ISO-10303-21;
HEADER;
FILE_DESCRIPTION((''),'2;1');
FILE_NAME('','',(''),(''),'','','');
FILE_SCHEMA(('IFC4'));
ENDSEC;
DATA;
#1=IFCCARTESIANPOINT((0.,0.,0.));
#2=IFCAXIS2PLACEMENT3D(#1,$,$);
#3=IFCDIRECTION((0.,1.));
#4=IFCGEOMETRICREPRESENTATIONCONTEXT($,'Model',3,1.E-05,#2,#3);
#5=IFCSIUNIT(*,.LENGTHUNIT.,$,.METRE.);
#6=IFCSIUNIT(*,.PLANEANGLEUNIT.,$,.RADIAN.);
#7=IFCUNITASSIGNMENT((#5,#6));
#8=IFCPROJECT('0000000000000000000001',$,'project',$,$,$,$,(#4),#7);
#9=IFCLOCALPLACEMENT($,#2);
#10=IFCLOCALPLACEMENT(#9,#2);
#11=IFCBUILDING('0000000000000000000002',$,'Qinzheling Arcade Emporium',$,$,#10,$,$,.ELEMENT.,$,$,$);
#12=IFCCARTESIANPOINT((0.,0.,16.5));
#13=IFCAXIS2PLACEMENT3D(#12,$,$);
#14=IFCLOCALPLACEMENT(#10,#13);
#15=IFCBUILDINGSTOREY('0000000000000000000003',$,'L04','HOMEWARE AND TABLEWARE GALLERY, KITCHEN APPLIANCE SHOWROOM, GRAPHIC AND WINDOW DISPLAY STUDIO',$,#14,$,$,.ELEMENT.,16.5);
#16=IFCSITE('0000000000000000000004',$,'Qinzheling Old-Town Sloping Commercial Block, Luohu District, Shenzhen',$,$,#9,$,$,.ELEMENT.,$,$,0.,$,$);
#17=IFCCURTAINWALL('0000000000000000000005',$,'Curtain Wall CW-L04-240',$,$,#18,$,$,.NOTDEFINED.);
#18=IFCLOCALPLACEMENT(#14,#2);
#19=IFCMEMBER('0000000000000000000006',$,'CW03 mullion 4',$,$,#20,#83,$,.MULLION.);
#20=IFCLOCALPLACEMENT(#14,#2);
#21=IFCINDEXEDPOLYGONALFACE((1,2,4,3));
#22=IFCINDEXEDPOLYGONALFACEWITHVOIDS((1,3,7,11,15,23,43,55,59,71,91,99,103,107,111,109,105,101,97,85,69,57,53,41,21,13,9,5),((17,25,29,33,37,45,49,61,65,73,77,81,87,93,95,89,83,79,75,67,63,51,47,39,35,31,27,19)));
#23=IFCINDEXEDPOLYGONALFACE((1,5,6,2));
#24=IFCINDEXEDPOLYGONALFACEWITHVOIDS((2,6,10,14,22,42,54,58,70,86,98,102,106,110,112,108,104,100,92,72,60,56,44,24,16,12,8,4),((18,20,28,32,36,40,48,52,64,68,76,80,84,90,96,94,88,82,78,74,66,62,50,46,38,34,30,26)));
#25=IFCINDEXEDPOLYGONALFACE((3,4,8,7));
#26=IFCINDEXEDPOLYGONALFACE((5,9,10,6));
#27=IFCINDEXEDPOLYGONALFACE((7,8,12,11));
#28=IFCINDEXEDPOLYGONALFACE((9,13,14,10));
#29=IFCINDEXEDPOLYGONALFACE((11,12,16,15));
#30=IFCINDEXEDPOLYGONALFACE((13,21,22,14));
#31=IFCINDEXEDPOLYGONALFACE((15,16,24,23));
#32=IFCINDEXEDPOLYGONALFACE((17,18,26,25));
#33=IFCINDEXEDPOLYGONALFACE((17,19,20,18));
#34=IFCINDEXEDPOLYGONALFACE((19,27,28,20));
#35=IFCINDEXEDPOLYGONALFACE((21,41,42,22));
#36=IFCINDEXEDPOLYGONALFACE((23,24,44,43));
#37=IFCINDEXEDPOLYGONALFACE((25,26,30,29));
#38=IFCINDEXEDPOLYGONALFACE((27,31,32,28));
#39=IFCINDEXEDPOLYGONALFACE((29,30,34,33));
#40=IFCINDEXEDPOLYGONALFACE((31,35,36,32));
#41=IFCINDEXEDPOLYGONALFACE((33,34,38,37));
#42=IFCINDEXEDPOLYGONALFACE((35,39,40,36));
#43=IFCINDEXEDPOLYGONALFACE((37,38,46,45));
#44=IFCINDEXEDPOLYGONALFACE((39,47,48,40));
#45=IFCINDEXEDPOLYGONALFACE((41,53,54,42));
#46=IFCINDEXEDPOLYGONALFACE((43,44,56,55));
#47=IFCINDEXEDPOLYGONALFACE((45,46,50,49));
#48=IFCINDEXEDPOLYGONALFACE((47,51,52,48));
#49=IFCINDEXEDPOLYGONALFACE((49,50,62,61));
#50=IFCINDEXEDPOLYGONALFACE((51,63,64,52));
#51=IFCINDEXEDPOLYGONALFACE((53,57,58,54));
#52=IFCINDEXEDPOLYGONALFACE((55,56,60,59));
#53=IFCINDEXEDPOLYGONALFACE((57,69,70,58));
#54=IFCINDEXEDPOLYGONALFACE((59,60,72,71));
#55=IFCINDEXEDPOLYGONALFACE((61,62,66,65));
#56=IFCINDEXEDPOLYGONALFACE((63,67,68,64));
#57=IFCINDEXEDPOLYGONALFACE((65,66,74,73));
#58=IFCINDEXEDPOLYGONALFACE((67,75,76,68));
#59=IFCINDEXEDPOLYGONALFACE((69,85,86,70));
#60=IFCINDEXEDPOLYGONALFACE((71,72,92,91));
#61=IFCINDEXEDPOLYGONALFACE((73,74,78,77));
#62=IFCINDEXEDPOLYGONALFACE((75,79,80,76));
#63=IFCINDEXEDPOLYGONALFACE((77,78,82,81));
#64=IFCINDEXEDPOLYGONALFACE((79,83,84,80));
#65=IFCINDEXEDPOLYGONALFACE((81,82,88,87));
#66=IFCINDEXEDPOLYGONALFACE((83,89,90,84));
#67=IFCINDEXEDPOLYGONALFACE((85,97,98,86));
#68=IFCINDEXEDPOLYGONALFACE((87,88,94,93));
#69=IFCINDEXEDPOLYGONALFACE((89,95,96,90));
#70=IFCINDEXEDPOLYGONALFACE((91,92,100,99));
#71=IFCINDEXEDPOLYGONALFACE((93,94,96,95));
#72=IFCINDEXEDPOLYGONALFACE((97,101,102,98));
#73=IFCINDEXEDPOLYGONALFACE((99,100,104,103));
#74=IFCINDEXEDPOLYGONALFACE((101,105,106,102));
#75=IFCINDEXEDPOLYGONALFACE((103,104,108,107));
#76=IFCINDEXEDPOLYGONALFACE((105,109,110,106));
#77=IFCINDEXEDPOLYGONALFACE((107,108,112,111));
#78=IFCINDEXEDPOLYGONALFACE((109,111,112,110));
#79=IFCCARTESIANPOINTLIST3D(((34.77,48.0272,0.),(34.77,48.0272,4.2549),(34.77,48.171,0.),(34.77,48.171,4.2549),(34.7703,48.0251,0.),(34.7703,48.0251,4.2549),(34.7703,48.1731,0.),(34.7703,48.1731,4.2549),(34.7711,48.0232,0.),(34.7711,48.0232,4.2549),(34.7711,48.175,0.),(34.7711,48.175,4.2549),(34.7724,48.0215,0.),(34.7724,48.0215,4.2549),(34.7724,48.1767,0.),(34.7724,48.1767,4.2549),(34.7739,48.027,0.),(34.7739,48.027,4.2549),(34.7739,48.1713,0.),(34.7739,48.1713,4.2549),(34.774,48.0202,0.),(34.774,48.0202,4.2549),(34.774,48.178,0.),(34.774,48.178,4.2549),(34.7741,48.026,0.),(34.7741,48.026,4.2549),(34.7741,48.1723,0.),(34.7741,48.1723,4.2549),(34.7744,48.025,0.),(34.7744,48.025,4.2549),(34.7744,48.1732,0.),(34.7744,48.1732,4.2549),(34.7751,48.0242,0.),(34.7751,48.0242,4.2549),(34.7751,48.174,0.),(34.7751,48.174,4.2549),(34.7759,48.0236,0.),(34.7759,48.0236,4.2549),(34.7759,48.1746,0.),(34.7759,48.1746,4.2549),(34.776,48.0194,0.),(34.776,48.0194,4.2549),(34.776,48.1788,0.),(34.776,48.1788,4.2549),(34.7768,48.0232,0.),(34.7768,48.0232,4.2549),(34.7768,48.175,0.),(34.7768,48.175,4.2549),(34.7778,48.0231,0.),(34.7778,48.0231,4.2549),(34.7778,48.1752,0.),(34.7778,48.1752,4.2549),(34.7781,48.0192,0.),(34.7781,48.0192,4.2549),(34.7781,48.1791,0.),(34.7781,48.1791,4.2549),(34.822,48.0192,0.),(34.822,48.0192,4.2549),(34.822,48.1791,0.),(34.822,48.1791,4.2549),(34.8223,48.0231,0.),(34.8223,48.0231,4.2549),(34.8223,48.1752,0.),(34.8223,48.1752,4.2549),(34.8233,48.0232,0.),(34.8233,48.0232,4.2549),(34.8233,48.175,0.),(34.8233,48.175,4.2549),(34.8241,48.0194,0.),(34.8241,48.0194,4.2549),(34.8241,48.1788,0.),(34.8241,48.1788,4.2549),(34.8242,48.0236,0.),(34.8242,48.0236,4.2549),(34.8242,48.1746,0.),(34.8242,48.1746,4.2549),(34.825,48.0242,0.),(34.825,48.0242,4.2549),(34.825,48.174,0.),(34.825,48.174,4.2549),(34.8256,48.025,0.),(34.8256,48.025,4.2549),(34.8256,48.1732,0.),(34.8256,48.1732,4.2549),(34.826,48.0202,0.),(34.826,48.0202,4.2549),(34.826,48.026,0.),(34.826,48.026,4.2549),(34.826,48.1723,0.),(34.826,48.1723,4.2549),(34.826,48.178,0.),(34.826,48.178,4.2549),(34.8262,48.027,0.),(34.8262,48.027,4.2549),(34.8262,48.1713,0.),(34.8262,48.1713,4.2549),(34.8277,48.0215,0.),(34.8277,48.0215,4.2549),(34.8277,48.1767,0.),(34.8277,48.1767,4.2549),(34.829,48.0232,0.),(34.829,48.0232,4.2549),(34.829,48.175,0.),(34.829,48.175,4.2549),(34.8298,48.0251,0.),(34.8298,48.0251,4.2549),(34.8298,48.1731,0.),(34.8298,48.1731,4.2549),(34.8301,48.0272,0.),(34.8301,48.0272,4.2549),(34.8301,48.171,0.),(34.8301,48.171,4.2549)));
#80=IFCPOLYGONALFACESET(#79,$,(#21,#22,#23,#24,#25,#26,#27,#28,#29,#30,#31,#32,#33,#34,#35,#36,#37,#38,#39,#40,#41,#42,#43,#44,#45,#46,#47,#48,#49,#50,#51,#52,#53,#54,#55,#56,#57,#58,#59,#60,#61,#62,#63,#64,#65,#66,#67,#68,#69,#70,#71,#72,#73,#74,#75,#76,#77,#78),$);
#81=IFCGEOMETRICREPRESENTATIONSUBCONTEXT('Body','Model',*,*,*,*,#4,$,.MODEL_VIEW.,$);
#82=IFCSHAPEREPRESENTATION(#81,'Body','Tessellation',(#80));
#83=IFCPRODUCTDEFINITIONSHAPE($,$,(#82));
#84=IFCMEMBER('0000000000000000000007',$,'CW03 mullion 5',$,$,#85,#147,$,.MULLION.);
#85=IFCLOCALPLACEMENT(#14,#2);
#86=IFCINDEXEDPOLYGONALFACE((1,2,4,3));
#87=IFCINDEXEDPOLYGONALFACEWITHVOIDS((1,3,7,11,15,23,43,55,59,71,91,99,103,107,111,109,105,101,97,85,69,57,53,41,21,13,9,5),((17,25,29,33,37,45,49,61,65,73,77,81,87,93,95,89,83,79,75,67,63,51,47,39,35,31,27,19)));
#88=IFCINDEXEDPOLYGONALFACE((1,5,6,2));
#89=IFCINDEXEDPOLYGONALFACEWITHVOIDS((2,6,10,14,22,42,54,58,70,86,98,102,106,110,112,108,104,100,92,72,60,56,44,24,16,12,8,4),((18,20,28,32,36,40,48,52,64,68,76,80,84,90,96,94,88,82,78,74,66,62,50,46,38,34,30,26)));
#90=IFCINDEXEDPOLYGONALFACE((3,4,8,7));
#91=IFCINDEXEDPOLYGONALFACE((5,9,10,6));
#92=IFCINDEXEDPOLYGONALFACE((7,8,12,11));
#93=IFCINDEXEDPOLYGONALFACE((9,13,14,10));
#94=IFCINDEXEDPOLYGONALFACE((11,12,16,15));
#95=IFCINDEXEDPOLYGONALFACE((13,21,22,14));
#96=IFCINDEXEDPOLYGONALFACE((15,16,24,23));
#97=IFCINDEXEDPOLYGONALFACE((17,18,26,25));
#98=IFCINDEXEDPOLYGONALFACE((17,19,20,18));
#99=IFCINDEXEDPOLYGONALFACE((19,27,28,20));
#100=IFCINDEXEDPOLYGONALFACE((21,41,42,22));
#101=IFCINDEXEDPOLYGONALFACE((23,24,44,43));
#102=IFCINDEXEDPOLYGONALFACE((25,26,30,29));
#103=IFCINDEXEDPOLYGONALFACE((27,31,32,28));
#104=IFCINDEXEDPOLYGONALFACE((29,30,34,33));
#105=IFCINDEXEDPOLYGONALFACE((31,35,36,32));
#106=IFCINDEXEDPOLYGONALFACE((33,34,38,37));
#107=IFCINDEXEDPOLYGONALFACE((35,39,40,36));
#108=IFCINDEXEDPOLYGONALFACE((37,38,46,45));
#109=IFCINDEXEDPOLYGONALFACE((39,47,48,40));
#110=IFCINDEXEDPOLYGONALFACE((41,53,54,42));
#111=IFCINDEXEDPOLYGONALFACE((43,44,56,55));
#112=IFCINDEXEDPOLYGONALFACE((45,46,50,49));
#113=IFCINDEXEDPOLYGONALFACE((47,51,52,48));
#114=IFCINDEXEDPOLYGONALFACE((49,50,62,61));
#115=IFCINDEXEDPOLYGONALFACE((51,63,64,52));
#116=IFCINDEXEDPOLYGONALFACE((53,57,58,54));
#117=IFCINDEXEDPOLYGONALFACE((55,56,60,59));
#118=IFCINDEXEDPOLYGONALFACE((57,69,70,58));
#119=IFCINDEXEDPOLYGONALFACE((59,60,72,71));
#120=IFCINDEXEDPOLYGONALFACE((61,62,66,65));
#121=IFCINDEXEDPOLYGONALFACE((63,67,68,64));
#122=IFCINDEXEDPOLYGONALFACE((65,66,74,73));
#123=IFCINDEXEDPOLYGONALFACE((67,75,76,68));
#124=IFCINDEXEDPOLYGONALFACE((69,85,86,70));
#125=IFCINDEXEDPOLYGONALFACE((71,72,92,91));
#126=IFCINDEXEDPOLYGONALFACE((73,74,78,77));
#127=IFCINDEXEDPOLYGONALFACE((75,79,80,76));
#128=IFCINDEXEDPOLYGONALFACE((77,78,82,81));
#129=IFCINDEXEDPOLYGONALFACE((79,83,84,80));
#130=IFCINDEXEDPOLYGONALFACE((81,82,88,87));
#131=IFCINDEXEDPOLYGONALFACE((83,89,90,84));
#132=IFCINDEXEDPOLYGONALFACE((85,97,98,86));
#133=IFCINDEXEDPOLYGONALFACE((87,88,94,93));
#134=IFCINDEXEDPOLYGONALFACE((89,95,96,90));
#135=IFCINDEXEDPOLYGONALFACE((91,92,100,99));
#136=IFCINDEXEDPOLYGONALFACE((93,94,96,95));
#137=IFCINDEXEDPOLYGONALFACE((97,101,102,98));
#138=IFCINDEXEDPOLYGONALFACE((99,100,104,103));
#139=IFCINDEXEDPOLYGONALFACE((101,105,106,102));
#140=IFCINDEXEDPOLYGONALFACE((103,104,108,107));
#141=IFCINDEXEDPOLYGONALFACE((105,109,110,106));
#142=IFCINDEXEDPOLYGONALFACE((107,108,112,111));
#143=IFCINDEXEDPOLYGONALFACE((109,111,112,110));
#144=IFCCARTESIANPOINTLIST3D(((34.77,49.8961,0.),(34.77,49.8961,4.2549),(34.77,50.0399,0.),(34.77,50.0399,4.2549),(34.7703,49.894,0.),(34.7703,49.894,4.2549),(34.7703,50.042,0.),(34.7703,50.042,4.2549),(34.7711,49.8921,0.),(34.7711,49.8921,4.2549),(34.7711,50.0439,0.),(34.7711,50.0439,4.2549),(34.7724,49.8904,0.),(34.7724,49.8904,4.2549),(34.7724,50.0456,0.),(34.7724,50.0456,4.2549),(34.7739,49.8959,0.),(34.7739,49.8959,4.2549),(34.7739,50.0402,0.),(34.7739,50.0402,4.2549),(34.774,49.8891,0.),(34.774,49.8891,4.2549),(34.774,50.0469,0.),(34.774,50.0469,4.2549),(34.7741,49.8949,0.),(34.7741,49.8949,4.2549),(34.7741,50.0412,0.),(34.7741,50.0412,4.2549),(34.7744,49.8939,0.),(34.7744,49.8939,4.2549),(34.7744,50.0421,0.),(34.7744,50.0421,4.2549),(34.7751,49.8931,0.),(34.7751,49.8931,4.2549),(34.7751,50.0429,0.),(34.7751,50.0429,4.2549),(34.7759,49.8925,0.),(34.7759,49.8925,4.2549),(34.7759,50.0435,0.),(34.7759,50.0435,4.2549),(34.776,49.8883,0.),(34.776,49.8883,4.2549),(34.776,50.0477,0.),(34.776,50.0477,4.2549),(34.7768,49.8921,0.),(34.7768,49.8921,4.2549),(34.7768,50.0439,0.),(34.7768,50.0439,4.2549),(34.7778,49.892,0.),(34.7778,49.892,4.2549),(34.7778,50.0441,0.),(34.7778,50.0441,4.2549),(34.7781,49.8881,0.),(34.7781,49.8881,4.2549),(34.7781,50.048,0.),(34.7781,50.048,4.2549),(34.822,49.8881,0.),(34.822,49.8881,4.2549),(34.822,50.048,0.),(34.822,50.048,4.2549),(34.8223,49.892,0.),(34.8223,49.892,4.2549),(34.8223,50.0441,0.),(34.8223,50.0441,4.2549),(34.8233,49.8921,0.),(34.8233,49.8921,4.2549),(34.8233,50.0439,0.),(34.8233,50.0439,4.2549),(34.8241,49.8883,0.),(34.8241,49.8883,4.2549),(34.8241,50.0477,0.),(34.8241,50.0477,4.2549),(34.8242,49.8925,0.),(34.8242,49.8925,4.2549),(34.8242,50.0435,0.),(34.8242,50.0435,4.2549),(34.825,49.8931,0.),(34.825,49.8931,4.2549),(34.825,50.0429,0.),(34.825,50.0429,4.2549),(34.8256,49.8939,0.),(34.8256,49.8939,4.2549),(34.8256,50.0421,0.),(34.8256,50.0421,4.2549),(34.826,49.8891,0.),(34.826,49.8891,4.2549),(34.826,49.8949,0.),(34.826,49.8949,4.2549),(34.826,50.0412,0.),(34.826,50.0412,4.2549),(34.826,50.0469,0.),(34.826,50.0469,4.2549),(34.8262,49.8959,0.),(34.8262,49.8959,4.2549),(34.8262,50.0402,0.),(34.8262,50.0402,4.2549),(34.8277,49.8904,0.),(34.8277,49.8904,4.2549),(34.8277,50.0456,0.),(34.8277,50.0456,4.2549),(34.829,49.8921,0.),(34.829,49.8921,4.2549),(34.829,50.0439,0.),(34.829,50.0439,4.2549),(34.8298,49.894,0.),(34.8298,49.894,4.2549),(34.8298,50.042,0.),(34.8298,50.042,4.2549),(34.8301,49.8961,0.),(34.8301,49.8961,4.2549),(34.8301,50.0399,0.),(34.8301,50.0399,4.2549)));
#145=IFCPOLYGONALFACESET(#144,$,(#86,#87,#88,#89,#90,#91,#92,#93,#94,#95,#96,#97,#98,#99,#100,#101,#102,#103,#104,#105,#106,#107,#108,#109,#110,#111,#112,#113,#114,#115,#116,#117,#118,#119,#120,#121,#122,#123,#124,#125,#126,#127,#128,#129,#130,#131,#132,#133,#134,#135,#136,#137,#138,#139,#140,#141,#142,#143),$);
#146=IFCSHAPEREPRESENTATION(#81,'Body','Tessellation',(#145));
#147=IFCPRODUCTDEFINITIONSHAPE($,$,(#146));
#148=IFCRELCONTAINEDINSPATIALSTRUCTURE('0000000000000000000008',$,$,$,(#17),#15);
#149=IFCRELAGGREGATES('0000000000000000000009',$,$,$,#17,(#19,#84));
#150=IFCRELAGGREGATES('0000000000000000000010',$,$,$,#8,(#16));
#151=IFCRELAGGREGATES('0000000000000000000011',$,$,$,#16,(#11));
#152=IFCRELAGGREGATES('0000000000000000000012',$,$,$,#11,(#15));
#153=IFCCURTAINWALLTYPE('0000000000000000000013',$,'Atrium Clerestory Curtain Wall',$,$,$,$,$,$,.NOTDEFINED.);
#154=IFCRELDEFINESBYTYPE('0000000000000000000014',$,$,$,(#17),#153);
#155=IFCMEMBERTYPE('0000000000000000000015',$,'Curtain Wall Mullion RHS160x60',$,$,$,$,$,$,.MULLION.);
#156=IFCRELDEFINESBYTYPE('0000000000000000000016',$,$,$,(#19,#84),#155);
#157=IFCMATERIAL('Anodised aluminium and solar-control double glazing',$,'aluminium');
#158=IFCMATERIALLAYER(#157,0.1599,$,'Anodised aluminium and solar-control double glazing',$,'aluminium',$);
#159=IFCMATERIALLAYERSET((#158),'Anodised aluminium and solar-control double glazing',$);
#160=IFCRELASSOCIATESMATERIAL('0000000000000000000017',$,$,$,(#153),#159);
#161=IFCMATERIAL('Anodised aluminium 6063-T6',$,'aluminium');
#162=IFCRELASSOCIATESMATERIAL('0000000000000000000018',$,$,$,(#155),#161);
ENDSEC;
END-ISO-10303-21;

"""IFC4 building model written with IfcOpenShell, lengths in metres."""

from ifc_helpers import new_model, si_unit, direction, frame, origin, origin_2d, place, context, subcontext, project, spatial, hollow_rectangle, extrude, material, layer, layer_set, material_profile, profile_set, type_object, element, aggregate, save


model = new_model("IFC4")

# Units and contexts
model_context = context("Model", 3, precision=1e-05, world=origin(), true_north=direction((0.0, 1.0)))
body_context = subcontext(model_context, "Body", "Model", "MODEL_VIEW")
ifc_project = project(units=[si_unit("LENGTHUNIT", "METRE"), si_unit("PLANEANGLEUNIT", "RADIAN")], contexts=[model_context])

# Site, building, storey
site_placement = place(None, origin())
site = spatial("IfcSite", under=ifc_project, at=site_placement, Name="Qinzheling Old-Town Sloping Commercial Block, Luohu District, Shenzhen", CompositionType="ELEMENT", RefElevation=0.0)
building_placement = place(site_placement, origin())
building = spatial("IfcBuilding", under=site, at=building_placement, Name="Qinzheling Arcade Emporium", CompositionType="ELEMENT")
storey_placement = place(building_placement, frame((0.0, 0.0, 16.5)))
storey = spatial("IfcBuildingStorey", under=building, at=storey_placement, Name="L04", Description="HOMEWARE AND TABLEWARE GALLERY, KITCHEN APPLIANCE SHOWROOM, GRAPHIC AND WINDOW DISPLAY STUDIO", CompositionType="ELEMENT", Elevation=16.5)

# Curtain wall, members
ifc_material_1 = material(Name="Anodised aluminium and solar-control double glazing", Category="aluminium")
ifc_layer_1 = layer(ifc_material_1, 0.1599, Name="Anodised aluminium and solar-control double glazing", Category="aluminium")
ifc_layer_set_1 = layer_set([ifc_layer_1], Name="Anodised aluminium and solar-control double glazing")
curtain_wall_type = type_object("IfcCurtainWallType", Name="Atrium Clerestory Curtain Wall", PredefinedType="NOTDEFINED", material=ifc_layer_set_1)
curtain_wall_1_placement = place(storey_placement, origin())
curtain_wall_1 = element("IfcCurtainWall", 1, at=curtain_wall_1_placement, inside=storey, type_object=curtain_wall_type, Name="Curtain Wall CW-L04-240", PredefinedType="NOTDEFINED")
ifc_material_2 = material(Name="Anodised aluminium 6063-T6", Category="aluminium")
ifc_material_profile_1 = material_profile(ifc_material_2, hollow_rectangle(XDim=0.0601, YDim=0.1599, WallThickness=0.0039, InnerFilletRadius=0.0039, OuterFilletRadius=0.0081, at=origin_2d()), Name="RHS 160x60x4", Category="aluminium")
ifc_profile_set_1 = profile_set([ifc_material_profile_1], Name="Anodised aluminium 6063-T6")
member_type_1 = type_object("IfcMemberType", Name="Curtain Wall Mullion RHS160x60", PredefinedType="MULLION", material=ifc_profile_set_1)
member_1_placement = place(storey_placement, frame((34.8, 48.0991, 0.0), z_axis=(0.0, 0.0, 1.0), x_axis=(-1.0, 0.0, 0.0)))
member_1 = element("IfcMember", 2, at=member_1_placement, type_object=member_type_1, Name="CW03 mullion 4", PredefinedType="MULLION", context=body_context, shape_type="SweptSolid", body=[
    extrude(hollow_rectangle(XDim=0.0601, YDim=0.1599, WallThickness=0.0039, InnerFilletRadius=0.0039, OuterFilletRadius=0.0081, at=origin_2d()), origin(), (0.0, 0.0, 1.0), 4.2549),
])
member_2_placement = place(storey_placement, frame((34.8, 49.968, 0.0), z_axis=(0.0, 0.0, 1.0), x_axis=(-1.0, 0.0, 0.0)))
member_2 = element("IfcMember", 3, at=member_2_placement, type_object=member_type_1, Name="CW03 mullion 5", PredefinedType="MULLION", context=body_context, shape_type="SweptSolid", body=[
    extrude(hollow_rectangle(XDim=0.0601, YDim=0.1599, WallThickness=0.0039, InnerFilletRadius=0.0039, OuterFilletRadius=0.0081, at=origin_2d()), origin(), (0.0, 0.0, 1.0), 4.2549),
])

aggregate(curtain_wall_1, [member_1, member_2])

save(model, "model.ifc")
